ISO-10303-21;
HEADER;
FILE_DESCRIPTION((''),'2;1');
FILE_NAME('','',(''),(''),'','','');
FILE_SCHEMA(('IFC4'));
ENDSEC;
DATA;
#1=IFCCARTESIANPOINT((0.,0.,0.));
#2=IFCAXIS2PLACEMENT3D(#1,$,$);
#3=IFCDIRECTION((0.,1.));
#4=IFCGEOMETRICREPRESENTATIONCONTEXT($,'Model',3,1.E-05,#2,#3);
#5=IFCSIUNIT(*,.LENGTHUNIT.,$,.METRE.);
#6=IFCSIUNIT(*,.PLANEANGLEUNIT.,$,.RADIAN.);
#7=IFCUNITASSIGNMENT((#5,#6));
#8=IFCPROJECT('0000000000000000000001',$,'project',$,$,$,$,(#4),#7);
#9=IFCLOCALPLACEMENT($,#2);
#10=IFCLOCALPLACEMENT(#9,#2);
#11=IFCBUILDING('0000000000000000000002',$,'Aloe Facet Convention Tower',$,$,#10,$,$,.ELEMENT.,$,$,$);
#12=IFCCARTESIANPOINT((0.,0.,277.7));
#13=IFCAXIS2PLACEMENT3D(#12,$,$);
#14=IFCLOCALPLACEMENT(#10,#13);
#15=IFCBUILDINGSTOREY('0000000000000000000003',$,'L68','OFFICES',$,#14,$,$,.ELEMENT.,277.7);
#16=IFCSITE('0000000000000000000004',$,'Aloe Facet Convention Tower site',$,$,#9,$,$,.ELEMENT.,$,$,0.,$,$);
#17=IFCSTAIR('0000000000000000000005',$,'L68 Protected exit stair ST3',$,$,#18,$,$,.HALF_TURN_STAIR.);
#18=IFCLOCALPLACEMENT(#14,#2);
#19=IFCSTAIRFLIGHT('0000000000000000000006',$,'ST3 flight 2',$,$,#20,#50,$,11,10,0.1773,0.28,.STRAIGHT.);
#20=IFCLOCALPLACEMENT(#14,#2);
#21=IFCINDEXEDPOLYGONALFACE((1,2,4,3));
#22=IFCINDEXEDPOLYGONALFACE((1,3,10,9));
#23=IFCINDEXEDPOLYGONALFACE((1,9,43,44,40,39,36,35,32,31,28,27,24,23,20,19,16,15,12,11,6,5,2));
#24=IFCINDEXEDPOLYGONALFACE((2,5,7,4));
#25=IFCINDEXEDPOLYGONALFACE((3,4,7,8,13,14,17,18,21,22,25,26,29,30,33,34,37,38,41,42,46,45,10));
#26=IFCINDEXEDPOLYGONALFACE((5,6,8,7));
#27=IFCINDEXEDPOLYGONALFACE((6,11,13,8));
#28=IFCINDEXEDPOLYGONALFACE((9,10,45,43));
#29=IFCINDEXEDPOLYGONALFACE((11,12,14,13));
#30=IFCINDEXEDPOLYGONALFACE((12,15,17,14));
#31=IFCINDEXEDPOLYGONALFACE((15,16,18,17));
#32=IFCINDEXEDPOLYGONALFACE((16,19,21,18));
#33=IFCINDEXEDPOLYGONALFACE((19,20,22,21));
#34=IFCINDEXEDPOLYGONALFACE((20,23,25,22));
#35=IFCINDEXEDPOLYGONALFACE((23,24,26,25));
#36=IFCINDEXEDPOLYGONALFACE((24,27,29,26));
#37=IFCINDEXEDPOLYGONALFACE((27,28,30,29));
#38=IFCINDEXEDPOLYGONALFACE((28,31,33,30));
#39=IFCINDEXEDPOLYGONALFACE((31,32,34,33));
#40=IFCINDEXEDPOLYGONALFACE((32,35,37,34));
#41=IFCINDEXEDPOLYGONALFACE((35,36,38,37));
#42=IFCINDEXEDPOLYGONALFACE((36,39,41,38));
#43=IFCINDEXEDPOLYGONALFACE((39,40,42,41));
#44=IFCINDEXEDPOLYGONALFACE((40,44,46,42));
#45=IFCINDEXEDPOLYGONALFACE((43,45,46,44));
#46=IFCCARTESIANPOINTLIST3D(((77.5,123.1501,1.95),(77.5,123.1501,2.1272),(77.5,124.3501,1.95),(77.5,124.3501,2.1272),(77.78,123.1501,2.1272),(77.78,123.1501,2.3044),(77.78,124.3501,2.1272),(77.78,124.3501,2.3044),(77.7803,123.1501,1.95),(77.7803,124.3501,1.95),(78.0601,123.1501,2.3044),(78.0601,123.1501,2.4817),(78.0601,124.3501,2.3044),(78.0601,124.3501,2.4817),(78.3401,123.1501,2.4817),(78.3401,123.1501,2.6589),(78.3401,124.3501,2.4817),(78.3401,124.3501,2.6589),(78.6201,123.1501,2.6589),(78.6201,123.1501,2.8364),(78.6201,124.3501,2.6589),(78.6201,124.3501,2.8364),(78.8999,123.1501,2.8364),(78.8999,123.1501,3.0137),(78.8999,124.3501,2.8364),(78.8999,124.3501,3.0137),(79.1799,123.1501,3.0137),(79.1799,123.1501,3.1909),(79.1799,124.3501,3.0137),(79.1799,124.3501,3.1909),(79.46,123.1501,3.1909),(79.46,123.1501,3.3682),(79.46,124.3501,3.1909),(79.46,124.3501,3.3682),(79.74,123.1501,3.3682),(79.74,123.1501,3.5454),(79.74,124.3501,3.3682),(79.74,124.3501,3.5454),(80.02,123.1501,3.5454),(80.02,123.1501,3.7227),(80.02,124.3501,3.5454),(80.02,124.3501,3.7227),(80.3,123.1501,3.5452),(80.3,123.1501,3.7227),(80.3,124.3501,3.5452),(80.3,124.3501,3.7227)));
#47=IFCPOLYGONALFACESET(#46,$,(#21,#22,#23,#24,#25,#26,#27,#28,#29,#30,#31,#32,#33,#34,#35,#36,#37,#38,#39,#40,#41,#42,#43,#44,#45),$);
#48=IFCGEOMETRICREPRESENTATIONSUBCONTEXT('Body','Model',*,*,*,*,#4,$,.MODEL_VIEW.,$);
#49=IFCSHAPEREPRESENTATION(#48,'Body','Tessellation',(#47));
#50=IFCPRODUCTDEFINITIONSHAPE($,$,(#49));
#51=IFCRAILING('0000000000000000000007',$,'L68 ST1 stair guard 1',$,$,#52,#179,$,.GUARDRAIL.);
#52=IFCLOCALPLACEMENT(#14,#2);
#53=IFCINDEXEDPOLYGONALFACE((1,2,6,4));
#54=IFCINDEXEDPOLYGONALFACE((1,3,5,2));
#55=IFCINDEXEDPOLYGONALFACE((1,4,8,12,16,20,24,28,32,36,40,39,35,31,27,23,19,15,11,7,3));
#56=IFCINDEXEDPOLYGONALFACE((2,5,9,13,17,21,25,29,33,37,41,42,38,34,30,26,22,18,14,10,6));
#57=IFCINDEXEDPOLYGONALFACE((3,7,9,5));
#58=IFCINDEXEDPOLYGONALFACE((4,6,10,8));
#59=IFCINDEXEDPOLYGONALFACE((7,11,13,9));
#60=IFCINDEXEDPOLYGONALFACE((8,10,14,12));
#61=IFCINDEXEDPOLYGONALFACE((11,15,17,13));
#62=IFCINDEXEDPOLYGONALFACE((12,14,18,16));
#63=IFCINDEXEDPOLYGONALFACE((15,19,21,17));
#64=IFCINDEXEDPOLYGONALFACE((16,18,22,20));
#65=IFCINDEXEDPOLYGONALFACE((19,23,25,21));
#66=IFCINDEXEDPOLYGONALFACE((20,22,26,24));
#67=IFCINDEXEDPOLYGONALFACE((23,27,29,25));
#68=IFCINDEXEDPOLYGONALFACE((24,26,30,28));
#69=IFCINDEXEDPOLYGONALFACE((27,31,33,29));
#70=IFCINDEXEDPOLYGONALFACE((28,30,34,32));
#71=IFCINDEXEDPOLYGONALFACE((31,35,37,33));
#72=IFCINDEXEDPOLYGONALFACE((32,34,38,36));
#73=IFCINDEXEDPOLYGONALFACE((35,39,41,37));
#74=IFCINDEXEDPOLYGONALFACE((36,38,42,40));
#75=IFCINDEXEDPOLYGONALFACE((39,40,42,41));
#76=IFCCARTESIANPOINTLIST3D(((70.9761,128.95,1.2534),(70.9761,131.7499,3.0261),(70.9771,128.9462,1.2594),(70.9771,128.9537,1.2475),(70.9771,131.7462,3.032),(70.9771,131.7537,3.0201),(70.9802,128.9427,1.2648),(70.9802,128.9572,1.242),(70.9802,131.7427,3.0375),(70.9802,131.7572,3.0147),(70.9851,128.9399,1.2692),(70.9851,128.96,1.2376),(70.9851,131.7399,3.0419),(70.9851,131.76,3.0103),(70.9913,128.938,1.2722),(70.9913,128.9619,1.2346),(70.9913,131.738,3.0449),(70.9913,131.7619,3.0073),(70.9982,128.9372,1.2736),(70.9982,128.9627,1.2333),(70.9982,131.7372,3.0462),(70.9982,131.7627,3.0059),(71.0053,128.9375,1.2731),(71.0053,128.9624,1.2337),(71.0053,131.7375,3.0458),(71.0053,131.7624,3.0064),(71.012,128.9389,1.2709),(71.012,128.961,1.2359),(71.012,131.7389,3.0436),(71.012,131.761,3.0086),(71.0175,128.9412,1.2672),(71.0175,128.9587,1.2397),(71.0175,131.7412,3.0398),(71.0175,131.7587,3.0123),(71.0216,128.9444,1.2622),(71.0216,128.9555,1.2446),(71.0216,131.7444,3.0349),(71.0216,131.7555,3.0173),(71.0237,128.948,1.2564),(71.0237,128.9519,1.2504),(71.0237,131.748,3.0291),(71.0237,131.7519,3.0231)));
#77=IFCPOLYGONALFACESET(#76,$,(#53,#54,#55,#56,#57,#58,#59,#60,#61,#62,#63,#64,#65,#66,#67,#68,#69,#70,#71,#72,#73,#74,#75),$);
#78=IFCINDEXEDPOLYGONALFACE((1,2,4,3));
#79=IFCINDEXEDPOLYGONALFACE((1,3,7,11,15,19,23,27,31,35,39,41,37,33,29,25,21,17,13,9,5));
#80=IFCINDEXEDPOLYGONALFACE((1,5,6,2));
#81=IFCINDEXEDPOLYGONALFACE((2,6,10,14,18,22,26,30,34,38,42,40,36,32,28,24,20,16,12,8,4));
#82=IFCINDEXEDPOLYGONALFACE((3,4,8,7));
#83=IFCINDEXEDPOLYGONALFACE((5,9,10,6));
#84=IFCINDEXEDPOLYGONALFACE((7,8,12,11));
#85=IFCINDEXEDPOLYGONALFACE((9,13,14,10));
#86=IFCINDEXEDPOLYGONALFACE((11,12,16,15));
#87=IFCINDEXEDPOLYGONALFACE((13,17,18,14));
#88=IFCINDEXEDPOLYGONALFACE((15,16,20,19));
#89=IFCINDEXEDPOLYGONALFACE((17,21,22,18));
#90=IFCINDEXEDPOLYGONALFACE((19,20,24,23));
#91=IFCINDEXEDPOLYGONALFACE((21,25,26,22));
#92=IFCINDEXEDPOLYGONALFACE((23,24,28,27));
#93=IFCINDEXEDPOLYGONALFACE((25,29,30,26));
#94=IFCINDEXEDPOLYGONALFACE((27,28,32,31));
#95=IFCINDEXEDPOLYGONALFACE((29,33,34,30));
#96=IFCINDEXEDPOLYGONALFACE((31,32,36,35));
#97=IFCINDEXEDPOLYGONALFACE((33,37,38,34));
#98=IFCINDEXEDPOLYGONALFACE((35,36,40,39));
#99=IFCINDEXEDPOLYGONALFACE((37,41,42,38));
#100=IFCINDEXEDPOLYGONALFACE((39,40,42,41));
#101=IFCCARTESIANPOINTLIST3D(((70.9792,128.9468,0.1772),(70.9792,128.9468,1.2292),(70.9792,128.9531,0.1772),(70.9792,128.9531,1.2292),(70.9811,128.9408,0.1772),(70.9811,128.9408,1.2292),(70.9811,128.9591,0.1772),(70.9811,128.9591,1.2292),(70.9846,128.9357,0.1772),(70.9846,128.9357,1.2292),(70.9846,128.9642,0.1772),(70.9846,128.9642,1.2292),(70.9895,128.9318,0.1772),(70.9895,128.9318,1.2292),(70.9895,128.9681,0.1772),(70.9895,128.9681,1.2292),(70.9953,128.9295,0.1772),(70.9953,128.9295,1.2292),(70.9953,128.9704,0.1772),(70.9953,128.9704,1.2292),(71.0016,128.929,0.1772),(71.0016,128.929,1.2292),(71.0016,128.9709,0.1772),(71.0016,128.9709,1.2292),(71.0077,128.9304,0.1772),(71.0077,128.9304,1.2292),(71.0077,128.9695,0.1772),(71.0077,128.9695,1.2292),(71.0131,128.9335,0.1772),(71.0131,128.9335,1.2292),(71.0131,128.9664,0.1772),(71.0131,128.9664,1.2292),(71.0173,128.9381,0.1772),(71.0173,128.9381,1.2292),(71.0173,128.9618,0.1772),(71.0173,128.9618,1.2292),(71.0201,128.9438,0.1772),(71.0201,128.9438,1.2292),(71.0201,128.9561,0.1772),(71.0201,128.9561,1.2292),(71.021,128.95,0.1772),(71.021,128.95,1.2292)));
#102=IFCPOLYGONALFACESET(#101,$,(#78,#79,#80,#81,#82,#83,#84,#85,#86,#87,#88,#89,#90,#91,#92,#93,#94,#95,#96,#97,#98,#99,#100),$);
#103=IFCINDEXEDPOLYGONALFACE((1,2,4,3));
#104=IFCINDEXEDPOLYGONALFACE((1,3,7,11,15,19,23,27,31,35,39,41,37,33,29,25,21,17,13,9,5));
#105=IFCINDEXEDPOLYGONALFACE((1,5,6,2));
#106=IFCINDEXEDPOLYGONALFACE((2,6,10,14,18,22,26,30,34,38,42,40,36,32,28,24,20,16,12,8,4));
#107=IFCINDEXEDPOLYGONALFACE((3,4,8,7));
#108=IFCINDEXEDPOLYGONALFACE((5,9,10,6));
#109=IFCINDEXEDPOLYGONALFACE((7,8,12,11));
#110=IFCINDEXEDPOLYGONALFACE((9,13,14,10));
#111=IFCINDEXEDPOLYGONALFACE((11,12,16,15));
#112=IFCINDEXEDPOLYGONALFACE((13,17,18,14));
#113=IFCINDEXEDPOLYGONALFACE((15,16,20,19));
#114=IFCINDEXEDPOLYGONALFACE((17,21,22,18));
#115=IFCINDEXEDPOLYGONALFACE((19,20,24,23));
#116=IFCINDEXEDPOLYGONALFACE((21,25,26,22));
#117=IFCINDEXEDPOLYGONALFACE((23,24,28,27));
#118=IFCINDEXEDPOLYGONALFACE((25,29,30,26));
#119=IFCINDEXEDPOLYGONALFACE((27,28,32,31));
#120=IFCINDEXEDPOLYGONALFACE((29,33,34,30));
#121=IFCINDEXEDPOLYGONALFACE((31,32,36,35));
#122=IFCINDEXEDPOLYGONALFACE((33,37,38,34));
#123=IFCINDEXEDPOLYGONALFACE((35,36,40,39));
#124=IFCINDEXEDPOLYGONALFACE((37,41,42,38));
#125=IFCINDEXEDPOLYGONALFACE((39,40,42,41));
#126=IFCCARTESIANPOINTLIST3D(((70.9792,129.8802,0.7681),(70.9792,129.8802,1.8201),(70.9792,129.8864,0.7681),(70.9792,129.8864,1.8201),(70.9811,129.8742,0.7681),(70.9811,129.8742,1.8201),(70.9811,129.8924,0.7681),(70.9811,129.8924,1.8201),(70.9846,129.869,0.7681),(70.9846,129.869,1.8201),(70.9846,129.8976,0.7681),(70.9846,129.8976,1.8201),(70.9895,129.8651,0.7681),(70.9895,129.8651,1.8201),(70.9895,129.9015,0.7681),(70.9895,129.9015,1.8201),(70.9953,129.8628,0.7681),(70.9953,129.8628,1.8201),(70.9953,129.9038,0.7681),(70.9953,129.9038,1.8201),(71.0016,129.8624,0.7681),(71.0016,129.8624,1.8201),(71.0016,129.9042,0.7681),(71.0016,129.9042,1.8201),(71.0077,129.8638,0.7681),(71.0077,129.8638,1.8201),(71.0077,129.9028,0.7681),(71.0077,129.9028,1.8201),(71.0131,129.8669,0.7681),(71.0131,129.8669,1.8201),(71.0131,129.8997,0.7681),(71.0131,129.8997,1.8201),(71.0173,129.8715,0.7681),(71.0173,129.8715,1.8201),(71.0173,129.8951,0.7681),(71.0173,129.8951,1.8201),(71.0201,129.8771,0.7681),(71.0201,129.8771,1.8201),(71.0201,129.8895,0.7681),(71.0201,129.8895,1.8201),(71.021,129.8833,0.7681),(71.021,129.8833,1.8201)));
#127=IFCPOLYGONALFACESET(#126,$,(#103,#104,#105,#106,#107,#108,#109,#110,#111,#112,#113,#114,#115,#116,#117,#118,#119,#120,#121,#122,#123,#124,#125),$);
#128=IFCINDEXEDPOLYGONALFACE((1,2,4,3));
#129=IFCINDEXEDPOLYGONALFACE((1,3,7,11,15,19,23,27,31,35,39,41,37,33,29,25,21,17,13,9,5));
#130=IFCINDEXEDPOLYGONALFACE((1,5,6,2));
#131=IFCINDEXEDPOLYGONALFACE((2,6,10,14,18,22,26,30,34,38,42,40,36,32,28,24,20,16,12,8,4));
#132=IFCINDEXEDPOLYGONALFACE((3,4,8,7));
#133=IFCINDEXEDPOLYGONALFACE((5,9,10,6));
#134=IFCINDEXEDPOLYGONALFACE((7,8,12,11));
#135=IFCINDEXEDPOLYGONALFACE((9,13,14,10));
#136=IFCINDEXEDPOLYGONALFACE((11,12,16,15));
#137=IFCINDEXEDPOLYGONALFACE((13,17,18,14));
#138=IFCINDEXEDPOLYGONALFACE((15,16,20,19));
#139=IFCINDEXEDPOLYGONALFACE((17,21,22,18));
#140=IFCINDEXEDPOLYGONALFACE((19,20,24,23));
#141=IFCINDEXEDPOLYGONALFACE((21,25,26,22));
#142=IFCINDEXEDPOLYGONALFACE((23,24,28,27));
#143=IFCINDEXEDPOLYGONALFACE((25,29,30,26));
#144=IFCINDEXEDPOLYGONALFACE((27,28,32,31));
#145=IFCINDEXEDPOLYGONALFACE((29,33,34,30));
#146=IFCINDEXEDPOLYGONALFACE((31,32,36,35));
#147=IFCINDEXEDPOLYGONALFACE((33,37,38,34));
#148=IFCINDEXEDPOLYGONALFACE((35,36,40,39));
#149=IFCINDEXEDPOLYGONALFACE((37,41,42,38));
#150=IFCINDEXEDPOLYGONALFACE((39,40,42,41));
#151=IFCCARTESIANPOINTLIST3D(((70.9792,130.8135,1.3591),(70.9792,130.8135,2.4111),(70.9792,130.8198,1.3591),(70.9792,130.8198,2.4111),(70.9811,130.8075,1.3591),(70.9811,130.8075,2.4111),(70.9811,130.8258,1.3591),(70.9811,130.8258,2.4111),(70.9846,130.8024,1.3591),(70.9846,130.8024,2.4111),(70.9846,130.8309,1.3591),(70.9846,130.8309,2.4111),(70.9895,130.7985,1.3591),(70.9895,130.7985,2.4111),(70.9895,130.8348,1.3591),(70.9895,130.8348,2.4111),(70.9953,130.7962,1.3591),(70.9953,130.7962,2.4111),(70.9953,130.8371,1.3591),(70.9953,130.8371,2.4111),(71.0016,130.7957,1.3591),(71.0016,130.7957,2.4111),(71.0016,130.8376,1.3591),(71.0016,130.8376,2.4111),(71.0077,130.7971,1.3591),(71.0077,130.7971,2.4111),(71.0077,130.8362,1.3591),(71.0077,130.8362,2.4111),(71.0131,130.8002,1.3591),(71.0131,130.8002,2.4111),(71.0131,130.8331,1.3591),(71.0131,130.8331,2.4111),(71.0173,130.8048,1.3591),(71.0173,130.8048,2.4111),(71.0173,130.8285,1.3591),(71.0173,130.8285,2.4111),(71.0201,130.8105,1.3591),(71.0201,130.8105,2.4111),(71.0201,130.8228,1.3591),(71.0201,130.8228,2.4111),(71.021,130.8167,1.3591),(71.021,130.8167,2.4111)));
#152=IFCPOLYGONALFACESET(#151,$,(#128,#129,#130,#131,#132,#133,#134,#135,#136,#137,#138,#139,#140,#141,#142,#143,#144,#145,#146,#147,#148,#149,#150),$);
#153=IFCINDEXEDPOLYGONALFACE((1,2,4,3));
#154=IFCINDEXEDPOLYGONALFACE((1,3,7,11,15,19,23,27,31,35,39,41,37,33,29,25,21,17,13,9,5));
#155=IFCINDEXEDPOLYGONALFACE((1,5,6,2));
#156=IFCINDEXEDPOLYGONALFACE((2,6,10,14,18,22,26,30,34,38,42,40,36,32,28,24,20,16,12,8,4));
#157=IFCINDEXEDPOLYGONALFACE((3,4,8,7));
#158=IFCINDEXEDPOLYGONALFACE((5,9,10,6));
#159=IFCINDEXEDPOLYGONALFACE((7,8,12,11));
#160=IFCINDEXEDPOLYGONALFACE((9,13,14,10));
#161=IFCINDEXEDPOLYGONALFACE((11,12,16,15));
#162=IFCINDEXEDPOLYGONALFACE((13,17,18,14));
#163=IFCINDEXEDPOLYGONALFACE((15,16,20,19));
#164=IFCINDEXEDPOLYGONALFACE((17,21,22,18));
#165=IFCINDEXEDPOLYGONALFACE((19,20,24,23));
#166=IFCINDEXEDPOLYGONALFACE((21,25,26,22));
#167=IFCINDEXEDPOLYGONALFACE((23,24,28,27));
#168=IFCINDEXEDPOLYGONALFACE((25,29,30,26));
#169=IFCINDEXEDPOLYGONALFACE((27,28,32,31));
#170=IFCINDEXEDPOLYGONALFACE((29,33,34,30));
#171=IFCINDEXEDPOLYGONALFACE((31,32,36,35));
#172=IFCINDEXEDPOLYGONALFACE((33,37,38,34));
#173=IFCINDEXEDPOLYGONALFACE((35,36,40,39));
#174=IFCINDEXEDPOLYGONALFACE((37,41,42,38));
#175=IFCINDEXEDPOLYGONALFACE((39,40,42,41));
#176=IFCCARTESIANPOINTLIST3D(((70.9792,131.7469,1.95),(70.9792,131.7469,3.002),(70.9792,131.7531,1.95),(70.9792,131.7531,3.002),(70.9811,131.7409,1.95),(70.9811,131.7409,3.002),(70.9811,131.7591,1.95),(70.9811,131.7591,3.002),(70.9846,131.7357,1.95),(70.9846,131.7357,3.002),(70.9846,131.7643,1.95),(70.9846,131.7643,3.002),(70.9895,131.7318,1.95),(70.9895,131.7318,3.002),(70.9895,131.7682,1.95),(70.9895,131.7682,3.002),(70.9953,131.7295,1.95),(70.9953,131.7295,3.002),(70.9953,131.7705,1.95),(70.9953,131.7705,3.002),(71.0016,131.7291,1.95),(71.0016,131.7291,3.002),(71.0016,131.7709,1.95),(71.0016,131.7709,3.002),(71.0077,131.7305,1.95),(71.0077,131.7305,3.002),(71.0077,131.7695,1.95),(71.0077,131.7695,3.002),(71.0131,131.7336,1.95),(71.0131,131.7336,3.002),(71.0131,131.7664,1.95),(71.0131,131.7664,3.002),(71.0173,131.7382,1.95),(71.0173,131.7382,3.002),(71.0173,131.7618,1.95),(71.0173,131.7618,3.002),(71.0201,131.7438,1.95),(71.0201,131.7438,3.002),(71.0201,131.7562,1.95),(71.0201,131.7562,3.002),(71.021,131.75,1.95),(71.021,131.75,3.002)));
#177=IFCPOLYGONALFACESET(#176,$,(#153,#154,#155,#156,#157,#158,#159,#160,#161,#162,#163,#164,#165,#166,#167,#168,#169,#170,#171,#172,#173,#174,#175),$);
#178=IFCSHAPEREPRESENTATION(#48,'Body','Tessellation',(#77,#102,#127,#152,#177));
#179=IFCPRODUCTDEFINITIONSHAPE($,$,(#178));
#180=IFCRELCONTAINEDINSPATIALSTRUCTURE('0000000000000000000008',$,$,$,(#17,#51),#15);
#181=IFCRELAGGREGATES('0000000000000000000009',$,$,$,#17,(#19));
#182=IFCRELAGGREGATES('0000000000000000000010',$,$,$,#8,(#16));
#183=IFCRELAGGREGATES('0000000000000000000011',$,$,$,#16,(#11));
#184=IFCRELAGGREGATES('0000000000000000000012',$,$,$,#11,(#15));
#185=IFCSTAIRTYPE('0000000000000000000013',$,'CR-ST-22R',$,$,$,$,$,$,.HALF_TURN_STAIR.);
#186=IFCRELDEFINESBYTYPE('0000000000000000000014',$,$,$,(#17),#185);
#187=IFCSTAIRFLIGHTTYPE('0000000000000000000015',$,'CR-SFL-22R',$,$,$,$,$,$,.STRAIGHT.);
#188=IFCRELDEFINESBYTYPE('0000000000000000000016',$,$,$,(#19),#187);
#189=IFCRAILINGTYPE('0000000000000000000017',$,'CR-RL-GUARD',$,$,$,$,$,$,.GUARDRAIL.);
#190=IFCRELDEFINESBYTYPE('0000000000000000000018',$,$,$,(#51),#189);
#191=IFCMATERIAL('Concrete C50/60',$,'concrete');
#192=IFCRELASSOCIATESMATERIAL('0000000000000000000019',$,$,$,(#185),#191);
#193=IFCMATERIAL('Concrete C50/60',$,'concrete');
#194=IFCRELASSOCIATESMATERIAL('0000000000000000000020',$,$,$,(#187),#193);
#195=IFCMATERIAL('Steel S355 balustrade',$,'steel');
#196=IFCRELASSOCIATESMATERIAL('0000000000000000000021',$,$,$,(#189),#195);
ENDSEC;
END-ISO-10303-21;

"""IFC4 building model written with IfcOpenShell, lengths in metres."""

from ifc_helpers import new_model, si_unit, direction, frame, origin, origin_2d, place, context, subcontext, project, spatial, polyline, circle, outline, extrude, material, type_object, element, aggregate, save


model = new_model("IFC4")

# Units and contexts
model_context = context("Model", 3, precision=1e-05, world=origin(), true_north=direction((0.0, 1.0)))
body_context = subcontext(model_context, "Body", "Model", "MODEL_VIEW")
ifc_project = project(units=[si_unit("LENGTHUNIT", "METRE"), si_unit("PLANEANGLEUNIT", "RADIAN")], contexts=[model_context])

# Site, building, storey
site_placement = place(None, origin())
site = spatial("IfcSite", under=ifc_project, at=site_placement, Name="Aloe Facet Convention Tower site", CompositionType="ELEMENT", RefElevation=0.0)
building_placement = place(site_placement, origin())
building = spatial("IfcBuilding", under=site, at=building_placement, Name="Aloe Facet Convention Tower", CompositionType="ELEMENT")
storey_placement = place(building_placement, frame((0.0, 0.0, 277.7)))
storey = spatial("IfcBuildingStorey", under=building, at=storey_placement, Name="L68", Description="OFFICES", CompositionType="ELEMENT", Elevation=277.7)

# Stair, stair flight
ifc_material_1 = material(Name="Concrete C50/60", Category="concrete")
stair_type = type_object("IfcStairType", Name="CR-ST-22R", PredefinedType="HALF_TURN_STAIR", material=ifc_material_1)
ifc_material_2 = material(Name="Concrete C50/60", Category="concrete")
stair_flight_type = type_object("IfcStairFlightType", Name="CR-SFL-22R", PredefinedType="STRAIGHT", material=ifc_material_2)
stair_1_placement = place(storey_placement, origin())
stair_1 = element("IfcStair", 1, at=stair_1_placement, inside=storey, type_object=stair_type, Name="L68 Protected exit stair ST3", PredefinedType="HALF_TURN_STAIR")
stair_flight_1_placement = place(storey_placement, frame((77.5, 123.75, 1.95), z_axis=(0.0, 0.0, 1.0), x_axis=(1.0, 0.0, 0.0)))
stair_flight_1 = element("IfcStairFlight", 2, at=stair_flight_1_placement, type_object=stair_flight_type, Name="ST3 flight 2", NumberOfRisers=11, NumberOfTreads=10, PredefinedType="STRAIGHT", RiserHeight=0.1773, TreadLength=0.28, context=body_context, shape_type="SweptSolid", body=[
    extrude(outline(polyline([(0.0, 0.0), (0.0, 0.1772), (0.28, 0.1772), (0.28, 0.3545), (0.5601, 0.3545), (0.5601, 0.5317), (0.8401, 0.5317), (0.8401, 0.709), (1.1201, 0.709), (1.1201, 0.8865), (1.3999, 0.8865), (1.3999, 1.0637), (1.6799, 1.0637), (1.6799, 1.241), (1.96, 1.241), (1.96, 1.4182), (2.24, 1.4182), (2.24, 1.5955), (2.52, 1.5955), (2.52, 1.7727), (2.8, 1.7727), (2.8, 1.95), (2.8, 1.5952), (0.2803, 0.0), (0.0, 0.0)])), frame((0.0, 0.6001, 0.0), z_axis=(0.0, -1.0, 0.0), x_axis=(1.0, 0.0, 0.0)), (0.0, 0.0, 1.0), 1.2),
])
aggregate(stair_1, [stair_flight_1])

# Railing
ifc_material_3 = material(Name="Steel S355 balustrade", Category="steel")
railing_type_1 = type_object("IfcRailingType", Name="CR-RL-GUARD", PredefinedType="GUARDRAIL", material=ifc_material_3)
railing_1_placement = place(storey_placement, frame((71.0, 128.95, 0.1772)))
element("IfcRailing", 3, at=railing_1_placement, inside=storey, type_object=railing_type_1, Name="L68 ST1 stair guard 1", PredefinedType="GUARDRAIL", context=body_context, shape_type="SweptSolid", body=[
    extrude(circle(Radius=0.0239, at=origin_2d()), frame((0.0, 0.0, 1.0762), z_axis=(0.0, 0.844909, 0.53491), x_axis=(-1.0, 0.0, 0.0)), (0.0, 0.0, 1.0), 3.314),
    extrude(circle(Radius=0.021, at=origin_2d()), origin(), (0.0, 0.0, 1.0), 1.052),
    extrude(circle(Radius=0.021, at=origin_2d()), frame((0.0, 0.9333, 0.5908)), (0.0, 0.0, 1.0), 1.052),
    extrude(circle(Radius=0.021, at=origin_2d()), frame((0.0, 1.8667, 1.1819)), (0.0, 0.0, 1.0), 1.052),
    extrude(circle(Radius=0.021, at=origin_2d()), frame((0.0, 2.8, 1.7727)), (0.0, 0.0, 1.0), 1.052),
])

save(model, "model.ifc")
